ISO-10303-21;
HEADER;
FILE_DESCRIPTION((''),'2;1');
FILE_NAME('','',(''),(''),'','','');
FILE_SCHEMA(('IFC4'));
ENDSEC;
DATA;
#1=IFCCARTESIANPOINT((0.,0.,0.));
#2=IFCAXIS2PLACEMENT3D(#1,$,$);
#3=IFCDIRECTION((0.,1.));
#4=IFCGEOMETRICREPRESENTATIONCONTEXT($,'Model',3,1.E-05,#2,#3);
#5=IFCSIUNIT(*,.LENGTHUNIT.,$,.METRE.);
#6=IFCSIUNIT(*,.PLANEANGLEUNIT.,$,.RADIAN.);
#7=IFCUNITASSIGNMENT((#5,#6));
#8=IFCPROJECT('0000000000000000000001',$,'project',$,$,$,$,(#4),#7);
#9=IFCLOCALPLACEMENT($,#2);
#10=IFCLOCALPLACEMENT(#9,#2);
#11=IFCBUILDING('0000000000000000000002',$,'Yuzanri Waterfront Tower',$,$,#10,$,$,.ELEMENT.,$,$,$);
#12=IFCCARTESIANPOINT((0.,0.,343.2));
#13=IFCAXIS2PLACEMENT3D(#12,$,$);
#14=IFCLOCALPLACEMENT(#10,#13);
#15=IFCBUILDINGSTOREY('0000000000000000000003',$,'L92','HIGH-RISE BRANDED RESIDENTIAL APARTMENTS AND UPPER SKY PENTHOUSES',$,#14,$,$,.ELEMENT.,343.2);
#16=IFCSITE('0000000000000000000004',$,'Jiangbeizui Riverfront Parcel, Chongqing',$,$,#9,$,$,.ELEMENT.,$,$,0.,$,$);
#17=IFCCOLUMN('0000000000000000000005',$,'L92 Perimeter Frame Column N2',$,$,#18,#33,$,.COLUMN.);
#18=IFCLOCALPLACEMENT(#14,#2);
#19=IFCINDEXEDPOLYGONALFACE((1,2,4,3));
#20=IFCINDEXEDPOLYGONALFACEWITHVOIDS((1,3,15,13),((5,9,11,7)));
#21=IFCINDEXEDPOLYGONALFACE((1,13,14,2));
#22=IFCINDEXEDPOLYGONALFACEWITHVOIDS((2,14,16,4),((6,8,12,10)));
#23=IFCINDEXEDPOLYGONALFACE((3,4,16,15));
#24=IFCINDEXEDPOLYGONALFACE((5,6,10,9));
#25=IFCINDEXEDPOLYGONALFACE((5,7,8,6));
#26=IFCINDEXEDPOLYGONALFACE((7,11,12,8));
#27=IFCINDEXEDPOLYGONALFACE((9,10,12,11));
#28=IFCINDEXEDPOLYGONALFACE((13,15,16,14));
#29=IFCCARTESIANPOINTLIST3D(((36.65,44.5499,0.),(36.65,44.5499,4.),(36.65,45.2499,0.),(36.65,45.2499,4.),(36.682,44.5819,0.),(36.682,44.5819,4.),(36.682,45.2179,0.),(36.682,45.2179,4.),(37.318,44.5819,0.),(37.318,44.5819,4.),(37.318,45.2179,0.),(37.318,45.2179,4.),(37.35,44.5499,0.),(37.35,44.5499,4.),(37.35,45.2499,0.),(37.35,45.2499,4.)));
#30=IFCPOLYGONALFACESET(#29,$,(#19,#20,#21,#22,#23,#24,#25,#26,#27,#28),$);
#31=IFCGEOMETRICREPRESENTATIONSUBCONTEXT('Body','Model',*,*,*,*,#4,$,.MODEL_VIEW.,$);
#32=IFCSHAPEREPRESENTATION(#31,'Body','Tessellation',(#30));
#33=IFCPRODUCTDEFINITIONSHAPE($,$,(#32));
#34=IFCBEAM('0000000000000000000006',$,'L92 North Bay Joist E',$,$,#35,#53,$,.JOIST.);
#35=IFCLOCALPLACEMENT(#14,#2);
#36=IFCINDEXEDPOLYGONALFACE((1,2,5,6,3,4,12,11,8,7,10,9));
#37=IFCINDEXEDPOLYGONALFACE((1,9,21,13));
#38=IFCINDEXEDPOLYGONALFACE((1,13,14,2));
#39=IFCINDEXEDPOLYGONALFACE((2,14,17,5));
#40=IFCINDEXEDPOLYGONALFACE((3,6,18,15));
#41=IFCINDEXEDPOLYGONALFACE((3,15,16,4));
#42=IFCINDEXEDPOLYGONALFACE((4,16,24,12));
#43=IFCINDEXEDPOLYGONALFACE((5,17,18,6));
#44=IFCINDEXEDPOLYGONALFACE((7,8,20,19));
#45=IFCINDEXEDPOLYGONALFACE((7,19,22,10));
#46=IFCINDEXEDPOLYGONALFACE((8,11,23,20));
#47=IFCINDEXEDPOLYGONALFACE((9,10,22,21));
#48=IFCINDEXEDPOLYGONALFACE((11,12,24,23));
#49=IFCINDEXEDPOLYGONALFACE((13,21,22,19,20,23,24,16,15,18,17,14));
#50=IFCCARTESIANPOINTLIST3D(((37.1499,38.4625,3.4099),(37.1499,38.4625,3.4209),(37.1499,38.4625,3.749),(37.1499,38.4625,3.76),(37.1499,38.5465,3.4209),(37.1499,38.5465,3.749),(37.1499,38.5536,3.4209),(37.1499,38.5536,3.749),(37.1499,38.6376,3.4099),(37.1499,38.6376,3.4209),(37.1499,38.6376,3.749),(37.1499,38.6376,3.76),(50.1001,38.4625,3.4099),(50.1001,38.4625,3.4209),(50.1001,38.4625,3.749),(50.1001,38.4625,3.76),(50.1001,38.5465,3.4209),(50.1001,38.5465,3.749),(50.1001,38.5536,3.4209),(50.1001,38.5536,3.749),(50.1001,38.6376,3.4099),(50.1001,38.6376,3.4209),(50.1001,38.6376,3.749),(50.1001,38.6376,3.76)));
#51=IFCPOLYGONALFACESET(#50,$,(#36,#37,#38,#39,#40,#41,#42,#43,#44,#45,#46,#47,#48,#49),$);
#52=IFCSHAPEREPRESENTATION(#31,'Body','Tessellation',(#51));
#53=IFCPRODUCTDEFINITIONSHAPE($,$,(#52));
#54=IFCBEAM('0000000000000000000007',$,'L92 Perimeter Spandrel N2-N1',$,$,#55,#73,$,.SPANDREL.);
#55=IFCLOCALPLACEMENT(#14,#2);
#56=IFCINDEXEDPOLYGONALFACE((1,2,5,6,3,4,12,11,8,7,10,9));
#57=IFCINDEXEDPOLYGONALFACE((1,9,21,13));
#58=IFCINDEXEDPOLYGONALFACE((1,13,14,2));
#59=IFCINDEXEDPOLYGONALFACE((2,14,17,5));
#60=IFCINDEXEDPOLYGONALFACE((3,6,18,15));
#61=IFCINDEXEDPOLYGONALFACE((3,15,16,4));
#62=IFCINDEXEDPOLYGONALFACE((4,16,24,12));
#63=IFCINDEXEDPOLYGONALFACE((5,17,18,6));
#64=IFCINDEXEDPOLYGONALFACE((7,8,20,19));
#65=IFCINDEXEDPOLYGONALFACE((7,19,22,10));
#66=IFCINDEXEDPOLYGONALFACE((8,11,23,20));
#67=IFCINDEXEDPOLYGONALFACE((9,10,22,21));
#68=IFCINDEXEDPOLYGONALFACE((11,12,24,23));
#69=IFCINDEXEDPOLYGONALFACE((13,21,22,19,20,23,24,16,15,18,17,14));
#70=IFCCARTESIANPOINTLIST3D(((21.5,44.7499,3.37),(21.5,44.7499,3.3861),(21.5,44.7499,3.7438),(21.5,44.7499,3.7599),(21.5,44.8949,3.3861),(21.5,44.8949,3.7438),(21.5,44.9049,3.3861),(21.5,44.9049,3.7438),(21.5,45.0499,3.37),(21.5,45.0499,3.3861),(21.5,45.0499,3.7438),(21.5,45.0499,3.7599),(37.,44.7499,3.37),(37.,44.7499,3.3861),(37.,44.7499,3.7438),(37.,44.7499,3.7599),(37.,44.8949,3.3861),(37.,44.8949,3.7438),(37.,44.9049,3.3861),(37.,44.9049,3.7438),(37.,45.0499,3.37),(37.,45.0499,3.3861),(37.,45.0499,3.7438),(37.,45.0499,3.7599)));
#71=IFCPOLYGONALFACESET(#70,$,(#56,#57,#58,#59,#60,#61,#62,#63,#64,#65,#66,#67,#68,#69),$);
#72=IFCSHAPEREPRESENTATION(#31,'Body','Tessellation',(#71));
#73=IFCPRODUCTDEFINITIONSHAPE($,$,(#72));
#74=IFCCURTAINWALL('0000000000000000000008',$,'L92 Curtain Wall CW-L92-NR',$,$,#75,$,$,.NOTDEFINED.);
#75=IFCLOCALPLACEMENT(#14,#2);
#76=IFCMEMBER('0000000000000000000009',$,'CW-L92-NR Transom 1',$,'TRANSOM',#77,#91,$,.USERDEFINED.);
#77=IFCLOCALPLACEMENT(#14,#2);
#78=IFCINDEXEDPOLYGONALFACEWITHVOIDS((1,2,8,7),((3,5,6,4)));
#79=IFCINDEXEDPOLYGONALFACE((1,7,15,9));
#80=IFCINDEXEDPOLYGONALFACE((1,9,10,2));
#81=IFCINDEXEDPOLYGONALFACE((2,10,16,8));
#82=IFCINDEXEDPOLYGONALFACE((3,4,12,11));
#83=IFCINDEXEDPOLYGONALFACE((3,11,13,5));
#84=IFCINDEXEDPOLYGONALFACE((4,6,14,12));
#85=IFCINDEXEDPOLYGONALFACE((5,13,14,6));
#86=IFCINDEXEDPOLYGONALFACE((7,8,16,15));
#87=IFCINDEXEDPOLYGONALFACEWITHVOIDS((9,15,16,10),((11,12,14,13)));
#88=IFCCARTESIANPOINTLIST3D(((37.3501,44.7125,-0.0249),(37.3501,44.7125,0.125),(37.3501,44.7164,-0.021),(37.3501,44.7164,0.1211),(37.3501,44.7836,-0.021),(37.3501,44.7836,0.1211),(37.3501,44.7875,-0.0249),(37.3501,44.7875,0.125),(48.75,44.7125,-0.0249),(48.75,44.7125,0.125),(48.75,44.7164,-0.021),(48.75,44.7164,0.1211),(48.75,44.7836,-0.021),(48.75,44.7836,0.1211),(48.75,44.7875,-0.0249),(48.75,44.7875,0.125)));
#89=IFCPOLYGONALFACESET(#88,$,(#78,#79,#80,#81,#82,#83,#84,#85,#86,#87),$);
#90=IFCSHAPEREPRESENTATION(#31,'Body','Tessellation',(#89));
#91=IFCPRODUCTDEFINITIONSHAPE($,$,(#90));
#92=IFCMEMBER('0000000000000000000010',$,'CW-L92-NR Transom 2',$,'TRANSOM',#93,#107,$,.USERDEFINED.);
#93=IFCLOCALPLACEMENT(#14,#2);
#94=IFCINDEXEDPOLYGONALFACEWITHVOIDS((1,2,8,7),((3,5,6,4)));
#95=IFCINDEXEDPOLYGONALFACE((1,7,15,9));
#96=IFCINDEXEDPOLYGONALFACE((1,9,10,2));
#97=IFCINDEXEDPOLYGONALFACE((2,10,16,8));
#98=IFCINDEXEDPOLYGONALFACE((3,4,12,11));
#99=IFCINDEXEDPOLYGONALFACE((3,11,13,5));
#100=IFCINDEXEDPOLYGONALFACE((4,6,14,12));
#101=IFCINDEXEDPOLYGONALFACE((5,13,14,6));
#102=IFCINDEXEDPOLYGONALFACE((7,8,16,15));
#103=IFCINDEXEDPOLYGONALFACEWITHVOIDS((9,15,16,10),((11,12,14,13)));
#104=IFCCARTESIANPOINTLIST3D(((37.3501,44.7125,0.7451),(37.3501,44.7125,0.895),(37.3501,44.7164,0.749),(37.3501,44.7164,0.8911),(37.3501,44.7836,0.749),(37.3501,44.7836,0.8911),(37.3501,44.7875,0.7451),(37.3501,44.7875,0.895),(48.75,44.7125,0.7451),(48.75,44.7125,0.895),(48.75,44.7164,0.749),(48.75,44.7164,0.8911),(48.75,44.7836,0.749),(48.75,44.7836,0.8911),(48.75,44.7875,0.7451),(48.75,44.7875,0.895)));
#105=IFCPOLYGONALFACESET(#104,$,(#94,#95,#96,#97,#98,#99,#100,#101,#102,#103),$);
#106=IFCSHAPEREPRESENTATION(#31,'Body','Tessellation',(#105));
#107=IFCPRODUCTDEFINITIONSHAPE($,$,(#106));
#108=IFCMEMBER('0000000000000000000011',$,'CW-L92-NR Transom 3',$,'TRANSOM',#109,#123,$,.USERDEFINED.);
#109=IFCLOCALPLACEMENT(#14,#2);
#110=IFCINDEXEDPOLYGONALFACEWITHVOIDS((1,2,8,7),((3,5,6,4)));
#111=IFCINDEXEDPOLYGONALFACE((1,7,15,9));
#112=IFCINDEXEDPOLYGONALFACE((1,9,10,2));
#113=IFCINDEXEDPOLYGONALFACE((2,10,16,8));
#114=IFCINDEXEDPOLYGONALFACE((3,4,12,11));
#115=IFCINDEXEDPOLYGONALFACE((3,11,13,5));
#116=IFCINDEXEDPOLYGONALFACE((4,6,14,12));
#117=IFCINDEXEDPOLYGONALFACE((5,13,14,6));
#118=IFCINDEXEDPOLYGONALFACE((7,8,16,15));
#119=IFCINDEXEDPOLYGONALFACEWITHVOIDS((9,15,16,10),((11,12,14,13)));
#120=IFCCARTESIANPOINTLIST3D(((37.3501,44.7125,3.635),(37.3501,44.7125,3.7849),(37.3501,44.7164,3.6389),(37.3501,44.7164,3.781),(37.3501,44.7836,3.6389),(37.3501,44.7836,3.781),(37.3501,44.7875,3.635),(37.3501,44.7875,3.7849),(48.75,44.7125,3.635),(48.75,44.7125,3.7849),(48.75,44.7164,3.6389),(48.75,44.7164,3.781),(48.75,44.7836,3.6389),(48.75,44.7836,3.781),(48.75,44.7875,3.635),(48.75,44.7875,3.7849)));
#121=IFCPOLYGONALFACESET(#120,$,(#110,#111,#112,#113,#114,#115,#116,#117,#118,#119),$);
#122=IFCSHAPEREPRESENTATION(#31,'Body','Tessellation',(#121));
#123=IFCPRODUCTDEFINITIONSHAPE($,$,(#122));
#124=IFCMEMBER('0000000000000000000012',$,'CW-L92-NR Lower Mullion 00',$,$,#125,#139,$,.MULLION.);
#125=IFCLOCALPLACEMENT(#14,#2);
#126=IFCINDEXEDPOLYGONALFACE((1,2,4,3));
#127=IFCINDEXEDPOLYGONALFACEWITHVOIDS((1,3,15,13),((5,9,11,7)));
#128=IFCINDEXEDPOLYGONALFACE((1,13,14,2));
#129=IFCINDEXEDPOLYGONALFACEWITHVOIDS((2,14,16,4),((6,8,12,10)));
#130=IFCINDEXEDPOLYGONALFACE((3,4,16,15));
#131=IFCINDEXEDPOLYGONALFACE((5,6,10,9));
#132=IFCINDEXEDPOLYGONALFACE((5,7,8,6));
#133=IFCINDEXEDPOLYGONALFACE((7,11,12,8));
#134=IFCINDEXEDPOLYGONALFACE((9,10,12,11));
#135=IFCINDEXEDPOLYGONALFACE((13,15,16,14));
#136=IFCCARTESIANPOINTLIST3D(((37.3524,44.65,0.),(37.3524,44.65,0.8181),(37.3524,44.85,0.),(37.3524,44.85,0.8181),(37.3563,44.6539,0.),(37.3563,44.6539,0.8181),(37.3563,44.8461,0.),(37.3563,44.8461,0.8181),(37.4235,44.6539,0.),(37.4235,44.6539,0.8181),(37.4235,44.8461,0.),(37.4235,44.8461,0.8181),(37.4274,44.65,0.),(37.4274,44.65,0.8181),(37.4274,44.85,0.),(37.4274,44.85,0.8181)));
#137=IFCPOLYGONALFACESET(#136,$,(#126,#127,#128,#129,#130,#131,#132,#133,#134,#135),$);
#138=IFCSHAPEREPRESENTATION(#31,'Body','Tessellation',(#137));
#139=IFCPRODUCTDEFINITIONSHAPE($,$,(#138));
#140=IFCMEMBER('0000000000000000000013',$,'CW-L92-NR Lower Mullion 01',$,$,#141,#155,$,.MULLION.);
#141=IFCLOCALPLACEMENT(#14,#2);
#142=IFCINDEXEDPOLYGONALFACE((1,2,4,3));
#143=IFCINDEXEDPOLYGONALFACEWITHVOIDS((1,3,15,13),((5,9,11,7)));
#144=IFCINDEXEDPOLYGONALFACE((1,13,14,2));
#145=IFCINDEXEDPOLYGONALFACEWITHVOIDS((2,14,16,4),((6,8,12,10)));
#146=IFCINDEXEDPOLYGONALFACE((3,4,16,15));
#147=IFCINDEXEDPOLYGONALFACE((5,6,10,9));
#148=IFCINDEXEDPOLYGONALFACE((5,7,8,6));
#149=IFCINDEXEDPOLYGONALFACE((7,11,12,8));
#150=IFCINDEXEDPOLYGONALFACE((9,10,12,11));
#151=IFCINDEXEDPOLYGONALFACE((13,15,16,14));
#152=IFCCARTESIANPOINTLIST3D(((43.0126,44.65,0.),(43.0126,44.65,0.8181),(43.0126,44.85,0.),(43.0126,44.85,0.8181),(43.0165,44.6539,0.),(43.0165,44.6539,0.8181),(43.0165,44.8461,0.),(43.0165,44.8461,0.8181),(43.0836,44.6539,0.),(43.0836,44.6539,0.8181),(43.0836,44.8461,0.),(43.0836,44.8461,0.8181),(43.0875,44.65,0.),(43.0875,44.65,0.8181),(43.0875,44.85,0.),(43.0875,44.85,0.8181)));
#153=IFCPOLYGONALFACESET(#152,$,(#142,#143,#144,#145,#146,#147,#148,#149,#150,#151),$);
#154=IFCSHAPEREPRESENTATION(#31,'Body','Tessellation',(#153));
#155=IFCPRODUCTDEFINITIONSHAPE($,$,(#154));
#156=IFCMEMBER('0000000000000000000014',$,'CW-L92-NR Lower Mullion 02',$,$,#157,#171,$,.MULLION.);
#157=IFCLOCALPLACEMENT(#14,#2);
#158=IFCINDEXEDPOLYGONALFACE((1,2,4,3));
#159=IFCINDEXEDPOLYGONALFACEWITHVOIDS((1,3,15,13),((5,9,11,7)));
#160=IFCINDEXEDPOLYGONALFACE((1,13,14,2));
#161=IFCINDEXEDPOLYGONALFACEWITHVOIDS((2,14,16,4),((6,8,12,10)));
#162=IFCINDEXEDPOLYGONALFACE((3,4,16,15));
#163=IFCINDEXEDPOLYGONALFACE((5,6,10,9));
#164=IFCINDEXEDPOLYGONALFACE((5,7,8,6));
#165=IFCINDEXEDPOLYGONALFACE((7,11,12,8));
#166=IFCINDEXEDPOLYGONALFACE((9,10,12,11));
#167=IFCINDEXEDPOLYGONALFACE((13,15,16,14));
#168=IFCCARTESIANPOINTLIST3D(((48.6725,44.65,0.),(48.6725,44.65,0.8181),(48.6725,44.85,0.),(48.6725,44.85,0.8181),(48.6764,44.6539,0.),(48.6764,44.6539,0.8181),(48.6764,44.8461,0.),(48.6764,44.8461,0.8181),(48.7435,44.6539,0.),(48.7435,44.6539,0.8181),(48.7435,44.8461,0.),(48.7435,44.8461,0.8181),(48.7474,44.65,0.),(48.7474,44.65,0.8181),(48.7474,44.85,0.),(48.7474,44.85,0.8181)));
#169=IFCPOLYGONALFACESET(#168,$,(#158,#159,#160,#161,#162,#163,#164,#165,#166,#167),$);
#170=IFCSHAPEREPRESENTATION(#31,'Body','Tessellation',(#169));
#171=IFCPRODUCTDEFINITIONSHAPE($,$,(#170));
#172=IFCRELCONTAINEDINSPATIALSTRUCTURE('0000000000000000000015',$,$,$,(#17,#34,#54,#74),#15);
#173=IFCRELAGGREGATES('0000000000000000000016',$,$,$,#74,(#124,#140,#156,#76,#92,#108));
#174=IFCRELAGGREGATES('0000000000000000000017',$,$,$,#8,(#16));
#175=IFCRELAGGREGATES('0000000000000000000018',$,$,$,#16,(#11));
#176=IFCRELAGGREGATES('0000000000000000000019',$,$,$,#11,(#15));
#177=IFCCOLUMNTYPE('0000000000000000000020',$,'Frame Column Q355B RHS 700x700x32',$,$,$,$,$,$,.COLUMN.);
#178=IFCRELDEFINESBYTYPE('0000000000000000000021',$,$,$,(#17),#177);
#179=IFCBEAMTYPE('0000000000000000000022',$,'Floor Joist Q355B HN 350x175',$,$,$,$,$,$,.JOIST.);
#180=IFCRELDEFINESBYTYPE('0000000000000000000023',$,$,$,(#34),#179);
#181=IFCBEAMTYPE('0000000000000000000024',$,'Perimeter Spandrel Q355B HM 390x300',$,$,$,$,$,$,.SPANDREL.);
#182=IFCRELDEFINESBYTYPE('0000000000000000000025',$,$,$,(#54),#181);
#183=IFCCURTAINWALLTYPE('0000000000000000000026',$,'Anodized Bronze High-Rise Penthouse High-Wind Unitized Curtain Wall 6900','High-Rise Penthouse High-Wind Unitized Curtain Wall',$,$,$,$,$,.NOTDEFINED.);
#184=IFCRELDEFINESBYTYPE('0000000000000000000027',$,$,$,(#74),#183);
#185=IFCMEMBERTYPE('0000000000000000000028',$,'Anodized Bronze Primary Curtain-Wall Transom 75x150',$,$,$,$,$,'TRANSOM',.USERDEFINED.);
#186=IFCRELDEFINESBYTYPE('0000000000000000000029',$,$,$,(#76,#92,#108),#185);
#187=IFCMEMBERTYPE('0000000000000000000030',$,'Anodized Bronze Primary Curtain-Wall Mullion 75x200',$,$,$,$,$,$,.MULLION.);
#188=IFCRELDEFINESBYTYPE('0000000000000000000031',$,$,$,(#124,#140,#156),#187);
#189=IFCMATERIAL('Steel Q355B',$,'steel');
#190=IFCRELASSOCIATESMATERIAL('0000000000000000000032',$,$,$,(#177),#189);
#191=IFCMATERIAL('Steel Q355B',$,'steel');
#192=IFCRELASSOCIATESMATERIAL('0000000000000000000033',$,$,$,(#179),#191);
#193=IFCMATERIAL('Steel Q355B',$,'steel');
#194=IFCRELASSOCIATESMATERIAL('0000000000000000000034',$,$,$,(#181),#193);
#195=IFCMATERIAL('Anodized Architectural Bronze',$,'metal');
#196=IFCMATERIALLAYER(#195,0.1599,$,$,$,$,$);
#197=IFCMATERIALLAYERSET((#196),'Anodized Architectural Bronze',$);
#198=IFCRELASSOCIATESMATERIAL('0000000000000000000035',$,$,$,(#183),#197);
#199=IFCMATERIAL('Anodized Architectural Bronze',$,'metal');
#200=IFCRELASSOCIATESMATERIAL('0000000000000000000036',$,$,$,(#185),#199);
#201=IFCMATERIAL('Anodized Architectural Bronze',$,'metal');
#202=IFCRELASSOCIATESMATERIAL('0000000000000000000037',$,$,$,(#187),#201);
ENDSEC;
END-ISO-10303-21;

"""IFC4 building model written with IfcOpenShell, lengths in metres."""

from ifc_helpers import new_model, si_unit, direction, frame, origin, origin_2d, place, context, subcontext, project, spatial, hollow_rectangle, i_section, extrude, source, transform, mapped, material, layer, layer_set, material_profile, profile_set, type_object, element, aggregate, save


model = new_model("IFC4")

# Units and contexts
model_context = context("Model", 3, precision=1e-05, world=origin(), true_north=direction((0.0, 1.0)))
body_context = subcontext(model_context, "Body", "Model", "MODEL_VIEW")
ifc_project = project(units=[si_unit("LENGTHUNIT", "METRE"), si_unit("PLANEANGLEUNIT", "RADIAN")], contexts=[model_context])

# Site, building, storey
site_placement = place(None, origin())
site = spatial("IfcSite", under=ifc_project, at=site_placement, Name="Jiangbeizui Riverfront Parcel, Chongqing", CompositionType="ELEMENT", RefElevation=0.0)
building_placement = place(site_placement, origin())
building = spatial("IfcBuilding", under=site, at=building_placement, Name="Yuzanri Waterfront Tower", CompositionType="ELEMENT")
storey_placement = place(building_placement, frame((0.0, 0.0, 343.2)))
storey = spatial("IfcBuildingStorey", under=building, at=storey_placement, Name="L92", Description="HIGH-RISE BRANDED RESIDENTIAL APARTMENTS AND UPPER SKY PENTHOUSES", CompositionType="ELEMENT", Elevation=343.2)

# Column
ifc_material_1 = material(Name="Steel Q355B", Category="steel")
ifc_material_profile_1 = material_profile(ifc_material_1, hollow_rectangle(XDim=0.7, YDim=0.7, WallThickness=0.032, at=origin_2d()), Name="RHS 700x700x32")
ifc_profile_set_1 = profile_set([ifc_material_profile_1], Name="Steel Q355B")
column_type = type_object("IfcColumnType", Name="Frame Column Q355B RHS 700x700x32", PredefinedType="COLUMN", material=ifc_profile_set_1)
shared_shape_1 = source(origin(), body_context, "Body", "SweptSolid", [
    extrude(hollow_rectangle(XDim=0.7, YDim=0.7, WallThickness=0.032, at=origin_2d()), origin(), (0.0, 0.0, 1.0), 4.0),
])
column_placement = place(storey_placement, frame((37.0, 44.8999, 0.0), z_axis=(0.0, 0.0, 1.0), x_axis=(1.0, 0.0, 0.0)))
element("IfcColumn", 1, at=column_placement, inside=storey, type_object=column_type, Name="L92 Perimeter Frame Column N2", PredefinedType="COLUMN", context=body_context, shape_type="MappedRepresentation", body=[
    mapped(shared_shape_1, transform((0.0, 0.0, 0.0), scale=1.0)),
])

# Beams
ifc_material_2 = material(Name="Steel Q355B", Category="steel")
ifc_material_profile_2 = material_profile(ifc_material_2, i_section(OverallWidth=0.175, OverallDepth=0.3501, WebThickness=0.0071, FlangeThickness=0.011, at=origin_2d()), Name="HN 350x175x7x11")
ifc_profile_set_2 = profile_set([ifc_material_profile_2], Name="Steel Q355B")
beam_type_1 = type_object("IfcBeamType", Name="Floor Joist Q355B HN 350x175", PredefinedType="JOIST", material=ifc_profile_set_2)
shared_shape_2 = source(origin(), body_context, "Body", "SweptSolid", [
    extrude(i_section(OverallWidth=0.175, OverallDepth=0.3501, WebThickness=0.0071, FlangeThickness=0.011, at=origin_2d()), origin(), (0.0, 0.0, 1.0), 12.9502),
])
beam_1_placement = place(storey_placement, frame((37.1499, 38.55, 3.585), z_axis=(1.0, 0.0, 0.0), x_axis=(0.0, 1.0, 0.0)))
element("IfcBeam", 2, at=beam_1_placement, inside=storey, type_object=beam_type_1, Name="L92 North Bay Joist E", PredefinedType="JOIST", context=body_context, shape_type="MappedRepresentation", body=[
    mapped(shared_shape_2, transform((0.0, 0.0, 0.0), scale=1.0)),
])
ifc_material_3 = material(Name="Steel Q355B", Category="steel")
ifc_material_profile_3 = material_profile(ifc_material_3, i_section(OverallWidth=0.3, OverallDepth=0.3899, WebThickness=0.01, FlangeThickness=0.0161, at=origin_2d()), Name="HM 390x300x10x16")
ifc_profile_set_3 = profile_set([ifc_material_profile_3], Name="Steel Q355B")
beam_type_2 = type_object("IfcBeamType", Name="Perimeter Spandrel Q355B HM 390x300", PredefinedType="SPANDREL", material=ifc_profile_set_3)
shared_shape_3 = source(origin(), body_context, "Body", "SweptSolid", [
    extrude(i_section(OverallWidth=0.3, OverallDepth=0.3899, WebThickness=0.01, FlangeThickness=0.0161, at=origin_2d()), origin(), (0.0, 0.0, 1.0), 15.5),
])
beam_2_placement = place(storey_placement, frame((37.0, 44.8999, 3.5649), z_axis=(-1.0, 0.0, 0.0), x_axis=(0.0, -1.0, 0.0)))
element("IfcBeam", 3, at=beam_2_placement, inside=storey, type_object=beam_type_2, Name="L92 Perimeter Spandrel N2-N1", PredefinedType="SPANDREL", context=body_context, shape_type="MappedRepresentation", body=[
    mapped(shared_shape_3, transform((0.0, 0.0, 0.0), scale=1.0)),
])

# Curtain wall, members
ifc_material_4 = material(Name="Anodized Architectural Bronze", Category="metal")
ifc_layer_1 = layer(ifc_material_4, 0.1599)
ifc_layer_set_1 = layer_set([ifc_layer_1], Name="Anodized Architectural Bronze")
curtain_wall_type = type_object("IfcCurtainWallType", Name="Anodized Bronze High-Rise Penthouse High-Wind Unitized Curtain Wall 6900", Description="High-Rise Penthouse High-Wind Unitized Curtain Wall", PredefinedType="NOTDEFINED", material=ifc_layer_set_1)
curtain_wall_placement = place(storey_placement, origin())
curtain_wall = element("IfcCurtainWall", 4, at=curtain_wall_placement, inside=storey, type_object=curtain_wall_type, Name="L92 Curtain Wall CW-L92-NR", PredefinedType="NOTDEFINED")
ifc_material_5 = material(Name="Anodized Architectural Bronze", Category="metal")
ifc_material_profile_4 = material_profile(ifc_material_5, hollow_rectangle(XDim=0.075, YDim=0.1499, WallThickness=0.0039, at=origin_2d()), Name="CWT 75x150")
ifc_profile_set_4 = profile_set([ifc_material_profile_4], Name="Anodized Architectural Bronze")
member_type_1 = type_object("IfcMemberType", Name="Anodized Bronze Primary Curtain-Wall Transom 75x150", ElementType="TRANSOM", PredefinedType="USERDEFINED", material=ifc_profile_set_4)
shared_shape_4 = source(origin(), body_context, "Body", "SweptSolid", [
    extrude(hollow_rectangle(XDim=0.075, YDim=0.1499, WallThickness=0.0039, at=origin_2d()), origin(), (0.0, 0.0, 1.0), 11.3999),
])
member_1_placement = place(storey_placement, frame((37.3501, 44.75, 0.05), z_axis=(1.0, 0.0, 0.0), x_axis=(0.0, 1.0, 0.0)))
member_1 = element("IfcMember", 5, at=member_1_placement, type_object=member_type_1, Name="CW-L92-NR Transom 1", ObjectType="TRANSOM", PredefinedType="USERDEFINED", context=body_context, shape_type="MappedRepresentation", body=[
    mapped(shared_shape_4, transform((0.0, 0.0, 0.0), scale=1.0)),
])
member_2_placement = place(storey_placement, frame((37.3501, 44.75, 0.8201), z_axis=(1.0, 0.0, 0.0), x_axis=(0.0, 1.0, 0.0)))
member_2 = element("IfcMember", 6, at=member_2_placement, type_object=member_type_1, Name="CW-L92-NR Transom 2", ObjectType="TRANSOM", PredefinedType="USERDEFINED", context=body_context, shape_type="MappedRepresentation", body=[
    mapped(shared_shape_4, transform((0.0, 0.0, 0.0), scale=1.0)),
])
member_3_placement = place(storey_placement, frame((37.3501, 44.75, 3.71), z_axis=(1.0, 0.0, 0.0), x_axis=(0.0, 1.0, 0.0)))
member_3 = element("IfcMember", 7, at=member_3_placement, type_object=member_type_1, Name="CW-L92-NR Transom 3", ObjectType="TRANSOM", PredefinedType="USERDEFINED", context=body_context, shape_type="MappedRepresentation", body=[
    mapped(shared_shape_4, transform((0.0, 0.0, 0.0), scale=1.0)),
])
ifc_material_6 = material(Name="Anodized Architectural Bronze", Category="metal")
ifc_material_profile_5 = material_profile(ifc_material_6, hollow_rectangle(XDim=0.075, YDim=0.2, WallThickness=0.0039, at=origin_2d()), Name="CWM 75x200")
ifc_profile_set_5 = profile_set([ifc_material_profile_5], Name="Anodized Architectural Bronze")
member_type_2 = type_object("IfcMemberType", Name="Anodized Bronze Primary Curtain-Wall Mullion 75x200", PredefinedType="MULLION", material=ifc_profile_set_5)
shared_shape_5 = source(origin(), body_context, "Body", "SweptSolid", [
    extrude(hollow_rectangle(XDim=0.075, YDim=0.2, WallThickness=0.0039, at=origin_2d()), origin(), (0.0, 0.0, 1.0), 0.8181),
])
member_4_placement = place(storey_placement, frame((37.3899, 44.75, 0.0), z_axis=(0.0, 0.0, 1.0), x_axis=(1.0, 0.0, 0.0)))
member_4 = element("IfcMember", 8, at=member_4_placement, type_object=member_type_2, Name="CW-L92-NR Lower Mullion 00", PredefinedType="MULLION", context=body_context, shape_type="MappedRepresentation", body=[
    mapped(shared_shape_5, transform((0.0, 0.0, 0.0), scale=1.0)),
])
member_5_placement = place(storey_placement, frame((43.05, 44.75, 0.0), z_axis=(0.0, 0.0, 1.0), x_axis=(1.0, 0.0, 0.0)))
member_5 = element("IfcMember", 9, at=member_5_placement, type_object=member_type_2, Name="CW-L92-NR Lower Mullion 01", PredefinedType="MULLION", context=body_context, shape_type="MappedRepresentation", body=[
    mapped(shared_shape_5, transform((0.0, 0.0, 0.0), scale=1.0)),
])
member_6_placement = place(storey_placement, frame((48.71, 44.75, 0.0), z_axis=(0.0, 0.0, 1.0), x_axis=(1.0, 0.0, 0.0)))
member_6 = element("IfcMember", 10, at=member_6_placement, type_object=member_type_2, Name="CW-L92-NR Lower Mullion 02", PredefinedType="MULLION", context=body_context, shape_type="MappedRepresentation", body=[
    mapped(shared_shape_5, transform((0.0, 0.0, 0.0), scale=1.0)),
])
aggregate(curtain_wall, [member_4, member_5, member_6, member_1, member_2, member_3])

save(model, "model.ifc")
